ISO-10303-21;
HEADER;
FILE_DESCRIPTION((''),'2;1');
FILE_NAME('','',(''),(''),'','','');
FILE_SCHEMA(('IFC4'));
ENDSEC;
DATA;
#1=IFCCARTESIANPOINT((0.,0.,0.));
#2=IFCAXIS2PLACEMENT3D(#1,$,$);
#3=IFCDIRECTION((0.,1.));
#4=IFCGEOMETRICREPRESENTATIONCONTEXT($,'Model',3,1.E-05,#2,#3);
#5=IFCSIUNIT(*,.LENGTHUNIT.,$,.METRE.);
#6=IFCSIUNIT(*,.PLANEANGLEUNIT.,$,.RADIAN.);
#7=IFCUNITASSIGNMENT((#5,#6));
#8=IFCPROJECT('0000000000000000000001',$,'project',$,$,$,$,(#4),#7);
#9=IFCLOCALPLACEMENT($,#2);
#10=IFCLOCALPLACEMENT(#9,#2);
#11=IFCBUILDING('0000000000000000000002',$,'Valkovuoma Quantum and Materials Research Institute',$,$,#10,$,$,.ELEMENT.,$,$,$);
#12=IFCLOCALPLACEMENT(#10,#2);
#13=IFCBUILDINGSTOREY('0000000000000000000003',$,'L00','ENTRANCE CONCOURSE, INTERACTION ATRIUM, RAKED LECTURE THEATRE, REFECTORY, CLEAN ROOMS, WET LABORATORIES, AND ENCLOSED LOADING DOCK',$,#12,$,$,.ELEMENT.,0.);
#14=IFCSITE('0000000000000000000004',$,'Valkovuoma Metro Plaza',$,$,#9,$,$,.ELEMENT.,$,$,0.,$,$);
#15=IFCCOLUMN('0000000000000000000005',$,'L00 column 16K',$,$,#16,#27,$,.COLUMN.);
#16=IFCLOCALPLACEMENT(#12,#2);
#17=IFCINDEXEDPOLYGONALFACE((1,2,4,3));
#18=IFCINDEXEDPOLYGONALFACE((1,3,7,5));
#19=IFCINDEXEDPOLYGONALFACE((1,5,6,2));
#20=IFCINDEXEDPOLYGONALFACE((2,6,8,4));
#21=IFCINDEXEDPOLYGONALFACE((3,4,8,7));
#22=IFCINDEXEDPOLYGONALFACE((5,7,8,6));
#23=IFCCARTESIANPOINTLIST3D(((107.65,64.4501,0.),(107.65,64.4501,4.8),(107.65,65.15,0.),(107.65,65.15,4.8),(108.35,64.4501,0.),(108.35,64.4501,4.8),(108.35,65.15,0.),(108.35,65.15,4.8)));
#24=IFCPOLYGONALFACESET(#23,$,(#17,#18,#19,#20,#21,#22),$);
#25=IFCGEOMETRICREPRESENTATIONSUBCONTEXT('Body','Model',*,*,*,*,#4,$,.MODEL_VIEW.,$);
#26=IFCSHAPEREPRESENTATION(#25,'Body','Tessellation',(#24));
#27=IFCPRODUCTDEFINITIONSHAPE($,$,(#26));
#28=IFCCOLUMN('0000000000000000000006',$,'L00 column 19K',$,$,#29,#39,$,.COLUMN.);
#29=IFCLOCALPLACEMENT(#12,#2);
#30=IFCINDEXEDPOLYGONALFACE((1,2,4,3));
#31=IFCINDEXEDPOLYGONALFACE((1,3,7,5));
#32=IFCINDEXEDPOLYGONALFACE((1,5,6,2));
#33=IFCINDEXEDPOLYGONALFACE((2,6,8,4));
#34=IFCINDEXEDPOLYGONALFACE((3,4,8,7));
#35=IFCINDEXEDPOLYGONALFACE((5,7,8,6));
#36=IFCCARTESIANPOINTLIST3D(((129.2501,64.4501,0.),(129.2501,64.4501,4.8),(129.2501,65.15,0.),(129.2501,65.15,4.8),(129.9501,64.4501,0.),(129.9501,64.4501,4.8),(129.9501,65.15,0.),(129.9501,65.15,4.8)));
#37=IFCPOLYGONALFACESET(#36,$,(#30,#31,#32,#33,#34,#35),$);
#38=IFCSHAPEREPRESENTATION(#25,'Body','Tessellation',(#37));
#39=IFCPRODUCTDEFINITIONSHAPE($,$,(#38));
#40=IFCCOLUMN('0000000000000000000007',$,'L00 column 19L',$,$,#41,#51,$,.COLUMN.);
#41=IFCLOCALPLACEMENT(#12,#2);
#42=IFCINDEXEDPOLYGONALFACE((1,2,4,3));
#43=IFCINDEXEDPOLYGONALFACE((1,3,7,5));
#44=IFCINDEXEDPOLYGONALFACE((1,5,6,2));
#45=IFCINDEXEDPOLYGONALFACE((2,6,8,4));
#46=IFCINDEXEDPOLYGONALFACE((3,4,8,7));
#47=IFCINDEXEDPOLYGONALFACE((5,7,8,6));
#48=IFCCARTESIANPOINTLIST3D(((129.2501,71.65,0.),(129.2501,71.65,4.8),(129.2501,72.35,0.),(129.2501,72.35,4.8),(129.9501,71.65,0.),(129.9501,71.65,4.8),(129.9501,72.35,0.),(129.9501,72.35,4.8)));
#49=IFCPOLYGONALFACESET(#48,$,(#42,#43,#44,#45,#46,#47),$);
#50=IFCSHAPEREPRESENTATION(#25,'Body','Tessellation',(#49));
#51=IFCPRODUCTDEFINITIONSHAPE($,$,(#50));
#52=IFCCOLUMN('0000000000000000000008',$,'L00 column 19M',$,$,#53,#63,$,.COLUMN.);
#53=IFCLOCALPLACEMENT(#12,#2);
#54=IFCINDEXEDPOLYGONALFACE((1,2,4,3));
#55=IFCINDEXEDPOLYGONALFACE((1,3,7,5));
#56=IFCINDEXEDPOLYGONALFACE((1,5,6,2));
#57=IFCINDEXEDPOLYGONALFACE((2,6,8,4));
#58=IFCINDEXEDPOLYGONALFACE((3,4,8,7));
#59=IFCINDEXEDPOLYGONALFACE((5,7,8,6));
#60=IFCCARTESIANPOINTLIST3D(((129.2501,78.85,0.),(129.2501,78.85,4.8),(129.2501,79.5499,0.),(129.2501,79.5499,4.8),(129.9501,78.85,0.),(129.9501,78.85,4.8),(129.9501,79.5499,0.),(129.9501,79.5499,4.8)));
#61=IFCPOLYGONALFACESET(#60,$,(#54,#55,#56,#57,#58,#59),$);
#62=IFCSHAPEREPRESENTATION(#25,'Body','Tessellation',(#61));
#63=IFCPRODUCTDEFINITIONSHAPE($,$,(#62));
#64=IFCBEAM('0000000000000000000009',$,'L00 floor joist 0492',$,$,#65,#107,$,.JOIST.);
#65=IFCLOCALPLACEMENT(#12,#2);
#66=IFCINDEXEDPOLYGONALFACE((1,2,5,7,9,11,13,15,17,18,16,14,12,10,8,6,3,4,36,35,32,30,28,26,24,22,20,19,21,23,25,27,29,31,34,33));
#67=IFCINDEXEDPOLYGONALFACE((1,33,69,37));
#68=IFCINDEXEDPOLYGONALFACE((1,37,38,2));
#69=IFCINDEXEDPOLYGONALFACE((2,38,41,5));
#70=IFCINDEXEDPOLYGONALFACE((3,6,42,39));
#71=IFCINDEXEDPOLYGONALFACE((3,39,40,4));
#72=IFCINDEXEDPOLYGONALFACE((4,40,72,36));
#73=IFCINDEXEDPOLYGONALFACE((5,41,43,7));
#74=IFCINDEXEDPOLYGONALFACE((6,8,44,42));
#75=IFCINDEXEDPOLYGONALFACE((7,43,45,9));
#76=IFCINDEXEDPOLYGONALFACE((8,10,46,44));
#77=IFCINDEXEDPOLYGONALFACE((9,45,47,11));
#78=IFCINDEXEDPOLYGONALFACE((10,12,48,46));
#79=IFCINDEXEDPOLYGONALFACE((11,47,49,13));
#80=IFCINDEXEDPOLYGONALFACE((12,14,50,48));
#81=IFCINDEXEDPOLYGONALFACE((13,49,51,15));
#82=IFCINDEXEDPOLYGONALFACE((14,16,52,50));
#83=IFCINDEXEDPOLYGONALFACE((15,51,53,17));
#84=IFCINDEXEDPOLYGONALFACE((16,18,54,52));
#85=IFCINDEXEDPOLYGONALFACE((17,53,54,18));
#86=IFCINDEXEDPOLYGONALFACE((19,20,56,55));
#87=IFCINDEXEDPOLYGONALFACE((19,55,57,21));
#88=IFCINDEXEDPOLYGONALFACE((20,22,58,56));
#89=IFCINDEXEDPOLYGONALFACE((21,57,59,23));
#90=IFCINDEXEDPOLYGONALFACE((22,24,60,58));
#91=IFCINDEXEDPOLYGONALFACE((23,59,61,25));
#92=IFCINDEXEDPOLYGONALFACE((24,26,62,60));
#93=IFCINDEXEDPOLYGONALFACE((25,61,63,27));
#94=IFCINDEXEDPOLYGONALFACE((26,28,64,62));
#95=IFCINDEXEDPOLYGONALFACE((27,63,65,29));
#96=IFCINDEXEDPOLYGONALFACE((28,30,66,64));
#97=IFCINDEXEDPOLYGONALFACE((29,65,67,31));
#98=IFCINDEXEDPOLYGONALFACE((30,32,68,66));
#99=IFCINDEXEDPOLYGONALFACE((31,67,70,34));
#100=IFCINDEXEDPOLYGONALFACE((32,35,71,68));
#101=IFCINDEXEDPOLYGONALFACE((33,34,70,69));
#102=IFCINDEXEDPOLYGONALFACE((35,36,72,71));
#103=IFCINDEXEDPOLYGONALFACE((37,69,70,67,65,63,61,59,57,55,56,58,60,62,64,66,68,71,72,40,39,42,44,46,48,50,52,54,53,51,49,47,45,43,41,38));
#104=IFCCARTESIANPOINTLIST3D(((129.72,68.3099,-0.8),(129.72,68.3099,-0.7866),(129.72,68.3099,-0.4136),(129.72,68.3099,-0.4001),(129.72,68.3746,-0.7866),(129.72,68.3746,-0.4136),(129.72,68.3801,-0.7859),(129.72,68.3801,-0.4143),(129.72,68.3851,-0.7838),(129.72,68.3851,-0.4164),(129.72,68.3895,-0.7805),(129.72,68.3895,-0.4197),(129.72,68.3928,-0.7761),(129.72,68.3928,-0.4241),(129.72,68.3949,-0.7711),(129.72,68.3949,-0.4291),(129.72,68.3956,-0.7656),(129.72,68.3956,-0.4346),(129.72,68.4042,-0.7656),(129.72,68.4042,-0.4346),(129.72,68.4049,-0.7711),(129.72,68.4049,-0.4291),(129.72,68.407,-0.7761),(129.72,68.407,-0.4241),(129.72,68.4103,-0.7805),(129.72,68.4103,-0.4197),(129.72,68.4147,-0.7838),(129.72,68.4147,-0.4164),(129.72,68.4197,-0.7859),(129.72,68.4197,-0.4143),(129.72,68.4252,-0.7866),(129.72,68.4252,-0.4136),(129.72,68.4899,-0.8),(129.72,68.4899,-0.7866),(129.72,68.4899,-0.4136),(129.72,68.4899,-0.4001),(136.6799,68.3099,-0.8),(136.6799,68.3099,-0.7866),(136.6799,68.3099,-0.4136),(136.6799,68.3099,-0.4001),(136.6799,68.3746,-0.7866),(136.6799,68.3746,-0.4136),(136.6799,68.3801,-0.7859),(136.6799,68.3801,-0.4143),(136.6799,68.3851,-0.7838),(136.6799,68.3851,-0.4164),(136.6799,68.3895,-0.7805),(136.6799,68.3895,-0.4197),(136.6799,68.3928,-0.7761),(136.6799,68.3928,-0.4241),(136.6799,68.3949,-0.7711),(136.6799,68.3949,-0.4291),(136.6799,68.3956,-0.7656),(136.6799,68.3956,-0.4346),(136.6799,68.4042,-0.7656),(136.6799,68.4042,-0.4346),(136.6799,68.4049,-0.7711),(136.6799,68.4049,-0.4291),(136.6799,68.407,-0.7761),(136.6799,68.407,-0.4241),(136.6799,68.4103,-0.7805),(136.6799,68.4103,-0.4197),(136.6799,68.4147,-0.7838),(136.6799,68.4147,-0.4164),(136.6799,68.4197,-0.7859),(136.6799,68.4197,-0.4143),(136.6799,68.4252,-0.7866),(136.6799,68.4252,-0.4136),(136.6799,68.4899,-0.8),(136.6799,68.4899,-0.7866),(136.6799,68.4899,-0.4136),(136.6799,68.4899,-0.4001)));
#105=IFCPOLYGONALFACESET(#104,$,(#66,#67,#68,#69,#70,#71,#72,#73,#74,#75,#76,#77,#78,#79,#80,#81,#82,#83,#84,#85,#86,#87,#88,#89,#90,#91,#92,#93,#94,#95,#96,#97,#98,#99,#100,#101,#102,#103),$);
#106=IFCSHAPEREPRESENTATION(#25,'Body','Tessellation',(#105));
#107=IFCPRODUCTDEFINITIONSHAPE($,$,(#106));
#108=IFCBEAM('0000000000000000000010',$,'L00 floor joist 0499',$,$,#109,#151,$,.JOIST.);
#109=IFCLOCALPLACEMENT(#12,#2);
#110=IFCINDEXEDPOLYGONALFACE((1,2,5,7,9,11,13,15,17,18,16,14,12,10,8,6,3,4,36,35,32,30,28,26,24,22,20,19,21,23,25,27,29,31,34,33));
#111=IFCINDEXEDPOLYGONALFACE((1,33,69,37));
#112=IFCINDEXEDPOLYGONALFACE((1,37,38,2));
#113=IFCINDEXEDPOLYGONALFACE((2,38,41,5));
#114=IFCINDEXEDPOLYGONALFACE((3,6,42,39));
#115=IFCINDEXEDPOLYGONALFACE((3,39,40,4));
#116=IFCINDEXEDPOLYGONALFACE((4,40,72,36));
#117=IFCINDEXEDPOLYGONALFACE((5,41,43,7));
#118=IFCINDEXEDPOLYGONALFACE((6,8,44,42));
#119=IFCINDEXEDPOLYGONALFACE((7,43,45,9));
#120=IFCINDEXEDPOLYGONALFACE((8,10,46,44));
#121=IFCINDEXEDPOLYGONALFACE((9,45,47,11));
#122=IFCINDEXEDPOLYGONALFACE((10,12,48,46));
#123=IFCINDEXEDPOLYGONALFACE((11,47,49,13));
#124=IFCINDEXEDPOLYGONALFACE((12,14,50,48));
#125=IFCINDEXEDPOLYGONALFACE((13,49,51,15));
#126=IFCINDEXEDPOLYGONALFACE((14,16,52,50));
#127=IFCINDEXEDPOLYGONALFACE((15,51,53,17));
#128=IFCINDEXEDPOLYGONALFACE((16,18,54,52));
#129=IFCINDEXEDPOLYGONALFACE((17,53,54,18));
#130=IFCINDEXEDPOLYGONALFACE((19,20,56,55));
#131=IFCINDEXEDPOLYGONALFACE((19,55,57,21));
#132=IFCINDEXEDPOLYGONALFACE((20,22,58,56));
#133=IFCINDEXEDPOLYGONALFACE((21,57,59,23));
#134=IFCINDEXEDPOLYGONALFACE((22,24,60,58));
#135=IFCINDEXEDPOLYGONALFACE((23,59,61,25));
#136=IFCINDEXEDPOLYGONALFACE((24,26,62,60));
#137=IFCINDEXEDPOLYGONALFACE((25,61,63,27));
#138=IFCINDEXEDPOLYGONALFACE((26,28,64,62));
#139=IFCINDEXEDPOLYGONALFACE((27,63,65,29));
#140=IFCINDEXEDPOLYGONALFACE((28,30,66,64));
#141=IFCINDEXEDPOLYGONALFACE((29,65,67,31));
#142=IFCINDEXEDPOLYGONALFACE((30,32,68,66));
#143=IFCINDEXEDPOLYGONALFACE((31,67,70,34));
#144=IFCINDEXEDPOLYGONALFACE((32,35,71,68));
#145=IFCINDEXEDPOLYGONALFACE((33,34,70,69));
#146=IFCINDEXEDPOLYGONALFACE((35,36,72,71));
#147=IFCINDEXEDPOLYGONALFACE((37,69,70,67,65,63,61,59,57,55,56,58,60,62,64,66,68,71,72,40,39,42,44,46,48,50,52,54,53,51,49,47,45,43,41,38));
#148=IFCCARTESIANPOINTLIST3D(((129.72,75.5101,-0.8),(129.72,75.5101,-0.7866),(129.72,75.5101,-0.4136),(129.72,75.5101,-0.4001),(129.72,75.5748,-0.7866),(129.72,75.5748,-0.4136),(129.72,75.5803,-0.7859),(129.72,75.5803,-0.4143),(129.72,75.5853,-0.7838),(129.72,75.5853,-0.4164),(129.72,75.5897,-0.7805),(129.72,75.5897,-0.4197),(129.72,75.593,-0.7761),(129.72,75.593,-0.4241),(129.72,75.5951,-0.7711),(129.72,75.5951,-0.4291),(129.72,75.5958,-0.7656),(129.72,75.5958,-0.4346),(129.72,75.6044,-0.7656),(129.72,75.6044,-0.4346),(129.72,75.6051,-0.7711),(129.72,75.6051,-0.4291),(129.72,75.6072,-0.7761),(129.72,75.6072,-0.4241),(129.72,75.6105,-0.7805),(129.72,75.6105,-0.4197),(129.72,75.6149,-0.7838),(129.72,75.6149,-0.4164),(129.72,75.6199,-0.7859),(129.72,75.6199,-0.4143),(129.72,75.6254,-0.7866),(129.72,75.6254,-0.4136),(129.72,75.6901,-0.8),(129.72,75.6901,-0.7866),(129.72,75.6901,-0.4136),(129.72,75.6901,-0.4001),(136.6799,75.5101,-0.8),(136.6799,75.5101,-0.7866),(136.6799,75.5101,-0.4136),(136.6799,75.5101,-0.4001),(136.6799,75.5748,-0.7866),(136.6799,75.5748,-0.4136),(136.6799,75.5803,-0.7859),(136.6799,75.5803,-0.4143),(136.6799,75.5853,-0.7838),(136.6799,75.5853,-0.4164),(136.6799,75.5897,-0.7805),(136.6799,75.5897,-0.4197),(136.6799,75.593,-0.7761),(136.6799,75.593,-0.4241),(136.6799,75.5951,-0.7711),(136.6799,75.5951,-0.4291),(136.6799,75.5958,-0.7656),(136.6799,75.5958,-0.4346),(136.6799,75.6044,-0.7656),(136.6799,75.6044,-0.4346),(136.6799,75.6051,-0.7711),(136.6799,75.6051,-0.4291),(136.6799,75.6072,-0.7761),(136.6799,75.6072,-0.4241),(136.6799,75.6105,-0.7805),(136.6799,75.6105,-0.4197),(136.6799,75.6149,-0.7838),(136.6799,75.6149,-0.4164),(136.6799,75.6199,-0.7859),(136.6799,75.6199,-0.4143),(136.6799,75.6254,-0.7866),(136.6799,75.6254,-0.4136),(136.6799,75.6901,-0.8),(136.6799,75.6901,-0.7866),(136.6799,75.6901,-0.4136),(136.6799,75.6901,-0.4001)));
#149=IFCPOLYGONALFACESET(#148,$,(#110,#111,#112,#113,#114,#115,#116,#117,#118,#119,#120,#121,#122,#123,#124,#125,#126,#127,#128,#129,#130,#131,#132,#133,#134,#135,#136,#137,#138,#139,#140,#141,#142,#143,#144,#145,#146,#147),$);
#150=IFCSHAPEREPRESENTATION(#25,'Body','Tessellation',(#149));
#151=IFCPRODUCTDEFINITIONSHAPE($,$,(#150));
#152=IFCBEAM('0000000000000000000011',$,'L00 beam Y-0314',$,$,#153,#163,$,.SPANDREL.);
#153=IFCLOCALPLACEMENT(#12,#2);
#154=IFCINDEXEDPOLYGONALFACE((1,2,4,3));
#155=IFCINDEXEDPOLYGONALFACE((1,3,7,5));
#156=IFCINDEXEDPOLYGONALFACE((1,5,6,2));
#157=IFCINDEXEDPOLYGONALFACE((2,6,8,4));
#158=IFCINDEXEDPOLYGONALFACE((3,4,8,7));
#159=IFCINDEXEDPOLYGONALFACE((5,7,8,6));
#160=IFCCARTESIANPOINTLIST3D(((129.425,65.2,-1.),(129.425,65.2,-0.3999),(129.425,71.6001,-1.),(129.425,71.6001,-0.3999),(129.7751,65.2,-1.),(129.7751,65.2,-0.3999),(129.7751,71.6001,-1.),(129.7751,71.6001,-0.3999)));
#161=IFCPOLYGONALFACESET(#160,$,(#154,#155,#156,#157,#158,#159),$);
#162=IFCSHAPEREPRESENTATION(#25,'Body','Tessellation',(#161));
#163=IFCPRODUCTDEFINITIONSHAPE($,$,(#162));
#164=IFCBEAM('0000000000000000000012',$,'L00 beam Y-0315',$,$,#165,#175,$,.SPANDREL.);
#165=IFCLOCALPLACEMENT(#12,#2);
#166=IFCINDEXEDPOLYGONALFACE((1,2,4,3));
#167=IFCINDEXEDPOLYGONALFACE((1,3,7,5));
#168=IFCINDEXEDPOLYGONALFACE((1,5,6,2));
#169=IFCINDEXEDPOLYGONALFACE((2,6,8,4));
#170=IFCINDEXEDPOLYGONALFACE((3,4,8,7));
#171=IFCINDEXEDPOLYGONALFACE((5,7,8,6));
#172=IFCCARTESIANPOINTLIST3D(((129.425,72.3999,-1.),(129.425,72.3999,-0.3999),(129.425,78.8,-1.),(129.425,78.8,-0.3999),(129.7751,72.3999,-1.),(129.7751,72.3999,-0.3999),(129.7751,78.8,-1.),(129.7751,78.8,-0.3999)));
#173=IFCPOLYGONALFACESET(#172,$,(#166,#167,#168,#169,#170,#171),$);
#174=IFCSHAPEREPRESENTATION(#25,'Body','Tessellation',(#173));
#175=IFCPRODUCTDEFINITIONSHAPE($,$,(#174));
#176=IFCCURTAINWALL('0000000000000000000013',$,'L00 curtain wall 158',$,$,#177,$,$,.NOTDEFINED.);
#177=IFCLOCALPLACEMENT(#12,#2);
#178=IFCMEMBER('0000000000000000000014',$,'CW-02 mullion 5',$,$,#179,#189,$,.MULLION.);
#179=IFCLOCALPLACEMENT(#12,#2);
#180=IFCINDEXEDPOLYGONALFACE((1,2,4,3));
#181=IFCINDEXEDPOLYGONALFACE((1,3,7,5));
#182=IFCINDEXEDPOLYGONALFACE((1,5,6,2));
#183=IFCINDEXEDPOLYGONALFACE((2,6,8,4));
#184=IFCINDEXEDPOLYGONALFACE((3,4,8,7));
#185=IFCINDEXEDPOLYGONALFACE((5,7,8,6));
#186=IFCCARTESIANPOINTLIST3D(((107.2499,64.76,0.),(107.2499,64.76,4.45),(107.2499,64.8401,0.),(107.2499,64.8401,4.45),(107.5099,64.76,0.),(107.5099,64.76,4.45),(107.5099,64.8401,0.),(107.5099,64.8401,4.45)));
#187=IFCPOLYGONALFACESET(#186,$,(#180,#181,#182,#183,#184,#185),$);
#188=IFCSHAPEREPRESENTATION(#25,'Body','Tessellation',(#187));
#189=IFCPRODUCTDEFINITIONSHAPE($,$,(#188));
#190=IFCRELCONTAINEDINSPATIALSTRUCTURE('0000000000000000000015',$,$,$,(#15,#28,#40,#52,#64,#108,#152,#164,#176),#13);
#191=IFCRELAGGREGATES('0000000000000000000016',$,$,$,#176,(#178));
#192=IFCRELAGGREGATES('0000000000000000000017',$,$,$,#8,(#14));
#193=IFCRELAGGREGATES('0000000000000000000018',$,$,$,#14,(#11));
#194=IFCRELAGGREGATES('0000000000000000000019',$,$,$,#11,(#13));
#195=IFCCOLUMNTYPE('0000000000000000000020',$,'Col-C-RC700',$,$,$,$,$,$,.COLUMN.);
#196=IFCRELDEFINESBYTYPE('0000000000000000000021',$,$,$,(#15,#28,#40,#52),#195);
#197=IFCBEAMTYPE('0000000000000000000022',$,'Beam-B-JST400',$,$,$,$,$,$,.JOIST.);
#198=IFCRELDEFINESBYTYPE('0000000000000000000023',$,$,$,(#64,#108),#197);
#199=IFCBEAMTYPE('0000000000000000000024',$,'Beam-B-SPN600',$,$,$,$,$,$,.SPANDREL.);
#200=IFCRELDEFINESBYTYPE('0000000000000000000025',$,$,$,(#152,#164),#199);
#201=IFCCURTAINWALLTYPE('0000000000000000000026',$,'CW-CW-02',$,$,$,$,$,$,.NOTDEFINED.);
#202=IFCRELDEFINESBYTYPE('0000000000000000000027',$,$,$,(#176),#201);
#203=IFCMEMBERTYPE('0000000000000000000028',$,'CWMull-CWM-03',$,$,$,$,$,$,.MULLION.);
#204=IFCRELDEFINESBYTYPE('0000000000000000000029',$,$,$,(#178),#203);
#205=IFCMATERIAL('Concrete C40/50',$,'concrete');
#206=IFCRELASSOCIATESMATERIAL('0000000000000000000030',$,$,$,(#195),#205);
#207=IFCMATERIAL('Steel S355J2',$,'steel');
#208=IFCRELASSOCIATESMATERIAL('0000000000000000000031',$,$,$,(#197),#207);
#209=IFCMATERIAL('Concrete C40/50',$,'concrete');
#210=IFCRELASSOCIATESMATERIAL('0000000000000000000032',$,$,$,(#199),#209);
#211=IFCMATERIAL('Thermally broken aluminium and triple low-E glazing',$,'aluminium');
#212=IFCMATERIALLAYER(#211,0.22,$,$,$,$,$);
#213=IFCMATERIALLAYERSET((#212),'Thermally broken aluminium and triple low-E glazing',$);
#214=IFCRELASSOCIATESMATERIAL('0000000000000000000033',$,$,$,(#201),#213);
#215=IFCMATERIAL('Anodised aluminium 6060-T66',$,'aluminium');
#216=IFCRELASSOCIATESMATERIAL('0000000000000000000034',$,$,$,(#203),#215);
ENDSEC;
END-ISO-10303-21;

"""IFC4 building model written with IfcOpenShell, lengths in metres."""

from ifc_helpers import new_model, si_unit, direction, frame, origin, origin_2d, place, context, subcontext, project, spatial, rectangle, i_section, extrude, material, layer, layer_set, material_profile, profile_set, type_object, element, aggregate, save


model = new_model("IFC4")

# Units and contexts
model_context = context("Model", 3, precision=1e-05, world=origin(), true_north=direction((0.0, 1.0)))
body_context = subcontext(model_context, "Body", "Model", "MODEL_VIEW")
ifc_project = project(units=[si_unit("LENGTHUNIT", "METRE"), si_unit("PLANEANGLEUNIT", "RADIAN")], contexts=[model_context])

# Site, building, storey
site_placement = place(None, origin())
site = spatial("IfcSite", under=ifc_project, at=site_placement, Name="Valkovuoma Metro Plaza", CompositionType="ELEMENT", RefElevation=0.0)
building_placement = place(site_placement, origin())
building = spatial("IfcBuilding", under=site, at=building_placement, Name="Valkovuoma Quantum and Materials Research Institute", CompositionType="ELEMENT")
storey_placement = place(building_placement, origin())
storey = spatial("IfcBuildingStorey", under=building, at=storey_placement, Name="L00", Description="ENTRANCE CONCOURSE, INTERACTION ATRIUM, RAKED LECTURE THEATRE, REFECTORY, CLEAN ROOMS, WET LABORATORIES, AND ENCLOSED LOADING DOCK", CompositionType="ELEMENT", Elevation=0.0)

# Columns
ifc_material_1 = material(Name="Concrete C40/50", Category="concrete")
ifc_material_profile_1 = material_profile(ifc_material_1, rectangle(XDim=0.7, YDim=0.7, at=origin_2d()), Name="Concrete C40/50")
ifc_profile_set_1 = profile_set([ifc_material_profile_1], Name="Concrete C40/50")
column_type = type_object("IfcColumnType", Name="Col-C-RC700", PredefinedType="COLUMN", material=ifc_profile_set_1)
for number, where, z_axis, x_axis, name in (
    (1, (108.0, 64.8, 0.0), (0.0, 0.0, 1.0), (1.0, 0.0, 0.0), "L00 column 16K"),
    (2, (129.6001, 64.8, 0.0), (0.0, 0.0, 1.0), (1.0, 0.0, 0.0), "L00 column 19K"),
    (3, (129.6001, 72.0, 0.0), (0.0, 0.0, 1.0), (1.0, 0.0, 0.0), "L00 column 19L"),
    (4, (129.6001, 79.2, 0.0), (0.0, 0.0, 1.0), (1.0, 0.0, 0.0), "L00 column 19M"),
):
    element("IfcColumn", number, at=place(storey_placement, frame(where, z_axis=z_axis, x_axis=x_axis)), inside=storey, type_object=column_type, Name=name, PredefinedType="COLUMN", context=body_context, shape_type="SweptSolid", body=[
        extrude(rectangle(XDim=0.7, YDim=0.7, at=origin_2d()), origin(), (0.0, 0.0, 1.0), 4.8),
    ])

# Beams
ifc_material_2 = material(Name="Steel S355J2", Category="steel")
ifc_material_profile_2 = material_profile(ifc_material_2, i_section(OverallWidth=0.1799, OverallDepth=0.3999, WebThickness=0.0085, FlangeThickness=0.0134, FilletRadius=0.021, at=origin_2d()), Name="Steel S355J2")
ifc_profile_set_2 = profile_set([ifc_material_profile_2], Name="Steel S355J2")
beam_type_1 = type_object("IfcBeamType", Name="Beam-B-JST400", PredefinedType="JOIST", material=ifc_profile_set_2)
for number, where, z_axis, x_axis, name in (
    (5, (129.72, 68.3999, -0.6001), (1.0, 0.0, 0.0), (0.0, 1.0, 0.0), "L00 floor joist 0492"),
    (6, (129.72, 75.6001, -0.6001), (1.0, 0.0, 0.0), (0.0, 1.0, 0.0), "L00 floor joist 0499"),
):
    element("IfcBeam", number, at=place(storey_placement, frame(where, z_axis=z_axis, x_axis=x_axis)), inside=storey, type_object=beam_type_1, Name=name, PredefinedType="JOIST", context=body_context, shape_type="SweptSolid", body=[
        extrude(i_section(OverallWidth=0.1799, OverallDepth=0.3999, WebThickness=0.0085, FlangeThickness=0.0134, FilletRadius=0.021, at=origin_2d()), origin(), (0.0, 0.0, 1.0), 6.96),
    ])
ifc_material_3 = material(Name="Concrete C40/50", Category="concrete")
ifc_material_profile_3 = material_profile(ifc_material_3, rectangle(XDim=0.3501, YDim=0.6001, at=origin_2d()), Name="Concrete C40/50")
ifc_profile_set_3 = profile_set([ifc_material_profile_3], Name="Concrete C40/50")
beam_type_2 = type_object("IfcBeamType", Name="Beam-B-SPN600", PredefinedType="SPANDREL", material=ifc_profile_set_3)
for number, where, z_axis, x_axis, name in (
    (7, (129.6001, 65.2, -0.7), (0.0, 1.0, 0.0), (-1.0, 0.0, 0.0), "L00 beam Y-0314"),
    (8, (129.6001, 72.3999, -0.7), (0.0, 1.0, 0.0), (-1.0, 0.0, 0.0), "L00 beam Y-0315"),
):
    element("IfcBeam", number, at=place(storey_placement, frame(where, z_axis=z_axis, x_axis=x_axis)), inside=storey, type_object=beam_type_2, Name=name, PredefinedType="SPANDREL", context=body_context, shape_type="SweptSolid", body=[
        extrude(rectangle(XDim=0.3501, YDim=0.6001, at=origin_2d()), origin(), (0.0, 0.0, 1.0), 6.4001),
    ])

# Curtain wall, member
ifc_material_4 = material(Name="Thermally broken aluminium and triple low-E glazing", Category="aluminium")
ifc_layer_1 = layer(ifc_material_4, 0.22)
ifc_layer_set_1 = layer_set([ifc_layer_1], Name="Thermally broken aluminium and triple low-E glazing")
curtain_wall_type = type_object("IfcCurtainWallType", Name="CW-CW-02", PredefinedType="NOTDEFINED", material=ifc_layer_set_1)
curtain_wall_placement = place(storey_placement, origin())
curtain_wall = element("IfcCurtainWall", 9, at=curtain_wall_placement, inside=storey, type_object=curtain_wall_type, Name="L00 curtain wall 158", PredefinedType="NOTDEFINED")
ifc_material_5 = material(Name="Anodised aluminium 6060-T66", Category="aluminium")
ifc_material_profile_4 = material_profile(ifc_material_5, rectangle(XDim=0.0801, YDim=0.26, at=origin_2d()), Name="Anodised aluminium 6060-T66")
ifc_profile_set_4 = profile_set([ifc_material_profile_4], Name="Anodised aluminium 6060-T66")
member_type = type_object("IfcMemberType", Name="CWMull-CWM-03", PredefinedType="MULLION", material=ifc_profile_set_4)
member_placement = place(storey_placement, frame((107.3799, 64.8, 0.0), z_axis=(0.0, 0.0, 1.0), x_axis=(0.0, 1.0, 0.0)))
member = element("IfcMember", 10, at=member_placement, type_object=member_type, Name="CW-02 mullion 5", PredefinedType="MULLION", context=body_context, shape_type="SweptSolid", body=[
    extrude(rectangle(XDim=0.0801, YDim=0.26, at=origin_2d()), origin(), (0.0, 0.0, 1.0), 4.45),
])
aggregate(curtain_wall, [member])

save(model, "model.ifc")
